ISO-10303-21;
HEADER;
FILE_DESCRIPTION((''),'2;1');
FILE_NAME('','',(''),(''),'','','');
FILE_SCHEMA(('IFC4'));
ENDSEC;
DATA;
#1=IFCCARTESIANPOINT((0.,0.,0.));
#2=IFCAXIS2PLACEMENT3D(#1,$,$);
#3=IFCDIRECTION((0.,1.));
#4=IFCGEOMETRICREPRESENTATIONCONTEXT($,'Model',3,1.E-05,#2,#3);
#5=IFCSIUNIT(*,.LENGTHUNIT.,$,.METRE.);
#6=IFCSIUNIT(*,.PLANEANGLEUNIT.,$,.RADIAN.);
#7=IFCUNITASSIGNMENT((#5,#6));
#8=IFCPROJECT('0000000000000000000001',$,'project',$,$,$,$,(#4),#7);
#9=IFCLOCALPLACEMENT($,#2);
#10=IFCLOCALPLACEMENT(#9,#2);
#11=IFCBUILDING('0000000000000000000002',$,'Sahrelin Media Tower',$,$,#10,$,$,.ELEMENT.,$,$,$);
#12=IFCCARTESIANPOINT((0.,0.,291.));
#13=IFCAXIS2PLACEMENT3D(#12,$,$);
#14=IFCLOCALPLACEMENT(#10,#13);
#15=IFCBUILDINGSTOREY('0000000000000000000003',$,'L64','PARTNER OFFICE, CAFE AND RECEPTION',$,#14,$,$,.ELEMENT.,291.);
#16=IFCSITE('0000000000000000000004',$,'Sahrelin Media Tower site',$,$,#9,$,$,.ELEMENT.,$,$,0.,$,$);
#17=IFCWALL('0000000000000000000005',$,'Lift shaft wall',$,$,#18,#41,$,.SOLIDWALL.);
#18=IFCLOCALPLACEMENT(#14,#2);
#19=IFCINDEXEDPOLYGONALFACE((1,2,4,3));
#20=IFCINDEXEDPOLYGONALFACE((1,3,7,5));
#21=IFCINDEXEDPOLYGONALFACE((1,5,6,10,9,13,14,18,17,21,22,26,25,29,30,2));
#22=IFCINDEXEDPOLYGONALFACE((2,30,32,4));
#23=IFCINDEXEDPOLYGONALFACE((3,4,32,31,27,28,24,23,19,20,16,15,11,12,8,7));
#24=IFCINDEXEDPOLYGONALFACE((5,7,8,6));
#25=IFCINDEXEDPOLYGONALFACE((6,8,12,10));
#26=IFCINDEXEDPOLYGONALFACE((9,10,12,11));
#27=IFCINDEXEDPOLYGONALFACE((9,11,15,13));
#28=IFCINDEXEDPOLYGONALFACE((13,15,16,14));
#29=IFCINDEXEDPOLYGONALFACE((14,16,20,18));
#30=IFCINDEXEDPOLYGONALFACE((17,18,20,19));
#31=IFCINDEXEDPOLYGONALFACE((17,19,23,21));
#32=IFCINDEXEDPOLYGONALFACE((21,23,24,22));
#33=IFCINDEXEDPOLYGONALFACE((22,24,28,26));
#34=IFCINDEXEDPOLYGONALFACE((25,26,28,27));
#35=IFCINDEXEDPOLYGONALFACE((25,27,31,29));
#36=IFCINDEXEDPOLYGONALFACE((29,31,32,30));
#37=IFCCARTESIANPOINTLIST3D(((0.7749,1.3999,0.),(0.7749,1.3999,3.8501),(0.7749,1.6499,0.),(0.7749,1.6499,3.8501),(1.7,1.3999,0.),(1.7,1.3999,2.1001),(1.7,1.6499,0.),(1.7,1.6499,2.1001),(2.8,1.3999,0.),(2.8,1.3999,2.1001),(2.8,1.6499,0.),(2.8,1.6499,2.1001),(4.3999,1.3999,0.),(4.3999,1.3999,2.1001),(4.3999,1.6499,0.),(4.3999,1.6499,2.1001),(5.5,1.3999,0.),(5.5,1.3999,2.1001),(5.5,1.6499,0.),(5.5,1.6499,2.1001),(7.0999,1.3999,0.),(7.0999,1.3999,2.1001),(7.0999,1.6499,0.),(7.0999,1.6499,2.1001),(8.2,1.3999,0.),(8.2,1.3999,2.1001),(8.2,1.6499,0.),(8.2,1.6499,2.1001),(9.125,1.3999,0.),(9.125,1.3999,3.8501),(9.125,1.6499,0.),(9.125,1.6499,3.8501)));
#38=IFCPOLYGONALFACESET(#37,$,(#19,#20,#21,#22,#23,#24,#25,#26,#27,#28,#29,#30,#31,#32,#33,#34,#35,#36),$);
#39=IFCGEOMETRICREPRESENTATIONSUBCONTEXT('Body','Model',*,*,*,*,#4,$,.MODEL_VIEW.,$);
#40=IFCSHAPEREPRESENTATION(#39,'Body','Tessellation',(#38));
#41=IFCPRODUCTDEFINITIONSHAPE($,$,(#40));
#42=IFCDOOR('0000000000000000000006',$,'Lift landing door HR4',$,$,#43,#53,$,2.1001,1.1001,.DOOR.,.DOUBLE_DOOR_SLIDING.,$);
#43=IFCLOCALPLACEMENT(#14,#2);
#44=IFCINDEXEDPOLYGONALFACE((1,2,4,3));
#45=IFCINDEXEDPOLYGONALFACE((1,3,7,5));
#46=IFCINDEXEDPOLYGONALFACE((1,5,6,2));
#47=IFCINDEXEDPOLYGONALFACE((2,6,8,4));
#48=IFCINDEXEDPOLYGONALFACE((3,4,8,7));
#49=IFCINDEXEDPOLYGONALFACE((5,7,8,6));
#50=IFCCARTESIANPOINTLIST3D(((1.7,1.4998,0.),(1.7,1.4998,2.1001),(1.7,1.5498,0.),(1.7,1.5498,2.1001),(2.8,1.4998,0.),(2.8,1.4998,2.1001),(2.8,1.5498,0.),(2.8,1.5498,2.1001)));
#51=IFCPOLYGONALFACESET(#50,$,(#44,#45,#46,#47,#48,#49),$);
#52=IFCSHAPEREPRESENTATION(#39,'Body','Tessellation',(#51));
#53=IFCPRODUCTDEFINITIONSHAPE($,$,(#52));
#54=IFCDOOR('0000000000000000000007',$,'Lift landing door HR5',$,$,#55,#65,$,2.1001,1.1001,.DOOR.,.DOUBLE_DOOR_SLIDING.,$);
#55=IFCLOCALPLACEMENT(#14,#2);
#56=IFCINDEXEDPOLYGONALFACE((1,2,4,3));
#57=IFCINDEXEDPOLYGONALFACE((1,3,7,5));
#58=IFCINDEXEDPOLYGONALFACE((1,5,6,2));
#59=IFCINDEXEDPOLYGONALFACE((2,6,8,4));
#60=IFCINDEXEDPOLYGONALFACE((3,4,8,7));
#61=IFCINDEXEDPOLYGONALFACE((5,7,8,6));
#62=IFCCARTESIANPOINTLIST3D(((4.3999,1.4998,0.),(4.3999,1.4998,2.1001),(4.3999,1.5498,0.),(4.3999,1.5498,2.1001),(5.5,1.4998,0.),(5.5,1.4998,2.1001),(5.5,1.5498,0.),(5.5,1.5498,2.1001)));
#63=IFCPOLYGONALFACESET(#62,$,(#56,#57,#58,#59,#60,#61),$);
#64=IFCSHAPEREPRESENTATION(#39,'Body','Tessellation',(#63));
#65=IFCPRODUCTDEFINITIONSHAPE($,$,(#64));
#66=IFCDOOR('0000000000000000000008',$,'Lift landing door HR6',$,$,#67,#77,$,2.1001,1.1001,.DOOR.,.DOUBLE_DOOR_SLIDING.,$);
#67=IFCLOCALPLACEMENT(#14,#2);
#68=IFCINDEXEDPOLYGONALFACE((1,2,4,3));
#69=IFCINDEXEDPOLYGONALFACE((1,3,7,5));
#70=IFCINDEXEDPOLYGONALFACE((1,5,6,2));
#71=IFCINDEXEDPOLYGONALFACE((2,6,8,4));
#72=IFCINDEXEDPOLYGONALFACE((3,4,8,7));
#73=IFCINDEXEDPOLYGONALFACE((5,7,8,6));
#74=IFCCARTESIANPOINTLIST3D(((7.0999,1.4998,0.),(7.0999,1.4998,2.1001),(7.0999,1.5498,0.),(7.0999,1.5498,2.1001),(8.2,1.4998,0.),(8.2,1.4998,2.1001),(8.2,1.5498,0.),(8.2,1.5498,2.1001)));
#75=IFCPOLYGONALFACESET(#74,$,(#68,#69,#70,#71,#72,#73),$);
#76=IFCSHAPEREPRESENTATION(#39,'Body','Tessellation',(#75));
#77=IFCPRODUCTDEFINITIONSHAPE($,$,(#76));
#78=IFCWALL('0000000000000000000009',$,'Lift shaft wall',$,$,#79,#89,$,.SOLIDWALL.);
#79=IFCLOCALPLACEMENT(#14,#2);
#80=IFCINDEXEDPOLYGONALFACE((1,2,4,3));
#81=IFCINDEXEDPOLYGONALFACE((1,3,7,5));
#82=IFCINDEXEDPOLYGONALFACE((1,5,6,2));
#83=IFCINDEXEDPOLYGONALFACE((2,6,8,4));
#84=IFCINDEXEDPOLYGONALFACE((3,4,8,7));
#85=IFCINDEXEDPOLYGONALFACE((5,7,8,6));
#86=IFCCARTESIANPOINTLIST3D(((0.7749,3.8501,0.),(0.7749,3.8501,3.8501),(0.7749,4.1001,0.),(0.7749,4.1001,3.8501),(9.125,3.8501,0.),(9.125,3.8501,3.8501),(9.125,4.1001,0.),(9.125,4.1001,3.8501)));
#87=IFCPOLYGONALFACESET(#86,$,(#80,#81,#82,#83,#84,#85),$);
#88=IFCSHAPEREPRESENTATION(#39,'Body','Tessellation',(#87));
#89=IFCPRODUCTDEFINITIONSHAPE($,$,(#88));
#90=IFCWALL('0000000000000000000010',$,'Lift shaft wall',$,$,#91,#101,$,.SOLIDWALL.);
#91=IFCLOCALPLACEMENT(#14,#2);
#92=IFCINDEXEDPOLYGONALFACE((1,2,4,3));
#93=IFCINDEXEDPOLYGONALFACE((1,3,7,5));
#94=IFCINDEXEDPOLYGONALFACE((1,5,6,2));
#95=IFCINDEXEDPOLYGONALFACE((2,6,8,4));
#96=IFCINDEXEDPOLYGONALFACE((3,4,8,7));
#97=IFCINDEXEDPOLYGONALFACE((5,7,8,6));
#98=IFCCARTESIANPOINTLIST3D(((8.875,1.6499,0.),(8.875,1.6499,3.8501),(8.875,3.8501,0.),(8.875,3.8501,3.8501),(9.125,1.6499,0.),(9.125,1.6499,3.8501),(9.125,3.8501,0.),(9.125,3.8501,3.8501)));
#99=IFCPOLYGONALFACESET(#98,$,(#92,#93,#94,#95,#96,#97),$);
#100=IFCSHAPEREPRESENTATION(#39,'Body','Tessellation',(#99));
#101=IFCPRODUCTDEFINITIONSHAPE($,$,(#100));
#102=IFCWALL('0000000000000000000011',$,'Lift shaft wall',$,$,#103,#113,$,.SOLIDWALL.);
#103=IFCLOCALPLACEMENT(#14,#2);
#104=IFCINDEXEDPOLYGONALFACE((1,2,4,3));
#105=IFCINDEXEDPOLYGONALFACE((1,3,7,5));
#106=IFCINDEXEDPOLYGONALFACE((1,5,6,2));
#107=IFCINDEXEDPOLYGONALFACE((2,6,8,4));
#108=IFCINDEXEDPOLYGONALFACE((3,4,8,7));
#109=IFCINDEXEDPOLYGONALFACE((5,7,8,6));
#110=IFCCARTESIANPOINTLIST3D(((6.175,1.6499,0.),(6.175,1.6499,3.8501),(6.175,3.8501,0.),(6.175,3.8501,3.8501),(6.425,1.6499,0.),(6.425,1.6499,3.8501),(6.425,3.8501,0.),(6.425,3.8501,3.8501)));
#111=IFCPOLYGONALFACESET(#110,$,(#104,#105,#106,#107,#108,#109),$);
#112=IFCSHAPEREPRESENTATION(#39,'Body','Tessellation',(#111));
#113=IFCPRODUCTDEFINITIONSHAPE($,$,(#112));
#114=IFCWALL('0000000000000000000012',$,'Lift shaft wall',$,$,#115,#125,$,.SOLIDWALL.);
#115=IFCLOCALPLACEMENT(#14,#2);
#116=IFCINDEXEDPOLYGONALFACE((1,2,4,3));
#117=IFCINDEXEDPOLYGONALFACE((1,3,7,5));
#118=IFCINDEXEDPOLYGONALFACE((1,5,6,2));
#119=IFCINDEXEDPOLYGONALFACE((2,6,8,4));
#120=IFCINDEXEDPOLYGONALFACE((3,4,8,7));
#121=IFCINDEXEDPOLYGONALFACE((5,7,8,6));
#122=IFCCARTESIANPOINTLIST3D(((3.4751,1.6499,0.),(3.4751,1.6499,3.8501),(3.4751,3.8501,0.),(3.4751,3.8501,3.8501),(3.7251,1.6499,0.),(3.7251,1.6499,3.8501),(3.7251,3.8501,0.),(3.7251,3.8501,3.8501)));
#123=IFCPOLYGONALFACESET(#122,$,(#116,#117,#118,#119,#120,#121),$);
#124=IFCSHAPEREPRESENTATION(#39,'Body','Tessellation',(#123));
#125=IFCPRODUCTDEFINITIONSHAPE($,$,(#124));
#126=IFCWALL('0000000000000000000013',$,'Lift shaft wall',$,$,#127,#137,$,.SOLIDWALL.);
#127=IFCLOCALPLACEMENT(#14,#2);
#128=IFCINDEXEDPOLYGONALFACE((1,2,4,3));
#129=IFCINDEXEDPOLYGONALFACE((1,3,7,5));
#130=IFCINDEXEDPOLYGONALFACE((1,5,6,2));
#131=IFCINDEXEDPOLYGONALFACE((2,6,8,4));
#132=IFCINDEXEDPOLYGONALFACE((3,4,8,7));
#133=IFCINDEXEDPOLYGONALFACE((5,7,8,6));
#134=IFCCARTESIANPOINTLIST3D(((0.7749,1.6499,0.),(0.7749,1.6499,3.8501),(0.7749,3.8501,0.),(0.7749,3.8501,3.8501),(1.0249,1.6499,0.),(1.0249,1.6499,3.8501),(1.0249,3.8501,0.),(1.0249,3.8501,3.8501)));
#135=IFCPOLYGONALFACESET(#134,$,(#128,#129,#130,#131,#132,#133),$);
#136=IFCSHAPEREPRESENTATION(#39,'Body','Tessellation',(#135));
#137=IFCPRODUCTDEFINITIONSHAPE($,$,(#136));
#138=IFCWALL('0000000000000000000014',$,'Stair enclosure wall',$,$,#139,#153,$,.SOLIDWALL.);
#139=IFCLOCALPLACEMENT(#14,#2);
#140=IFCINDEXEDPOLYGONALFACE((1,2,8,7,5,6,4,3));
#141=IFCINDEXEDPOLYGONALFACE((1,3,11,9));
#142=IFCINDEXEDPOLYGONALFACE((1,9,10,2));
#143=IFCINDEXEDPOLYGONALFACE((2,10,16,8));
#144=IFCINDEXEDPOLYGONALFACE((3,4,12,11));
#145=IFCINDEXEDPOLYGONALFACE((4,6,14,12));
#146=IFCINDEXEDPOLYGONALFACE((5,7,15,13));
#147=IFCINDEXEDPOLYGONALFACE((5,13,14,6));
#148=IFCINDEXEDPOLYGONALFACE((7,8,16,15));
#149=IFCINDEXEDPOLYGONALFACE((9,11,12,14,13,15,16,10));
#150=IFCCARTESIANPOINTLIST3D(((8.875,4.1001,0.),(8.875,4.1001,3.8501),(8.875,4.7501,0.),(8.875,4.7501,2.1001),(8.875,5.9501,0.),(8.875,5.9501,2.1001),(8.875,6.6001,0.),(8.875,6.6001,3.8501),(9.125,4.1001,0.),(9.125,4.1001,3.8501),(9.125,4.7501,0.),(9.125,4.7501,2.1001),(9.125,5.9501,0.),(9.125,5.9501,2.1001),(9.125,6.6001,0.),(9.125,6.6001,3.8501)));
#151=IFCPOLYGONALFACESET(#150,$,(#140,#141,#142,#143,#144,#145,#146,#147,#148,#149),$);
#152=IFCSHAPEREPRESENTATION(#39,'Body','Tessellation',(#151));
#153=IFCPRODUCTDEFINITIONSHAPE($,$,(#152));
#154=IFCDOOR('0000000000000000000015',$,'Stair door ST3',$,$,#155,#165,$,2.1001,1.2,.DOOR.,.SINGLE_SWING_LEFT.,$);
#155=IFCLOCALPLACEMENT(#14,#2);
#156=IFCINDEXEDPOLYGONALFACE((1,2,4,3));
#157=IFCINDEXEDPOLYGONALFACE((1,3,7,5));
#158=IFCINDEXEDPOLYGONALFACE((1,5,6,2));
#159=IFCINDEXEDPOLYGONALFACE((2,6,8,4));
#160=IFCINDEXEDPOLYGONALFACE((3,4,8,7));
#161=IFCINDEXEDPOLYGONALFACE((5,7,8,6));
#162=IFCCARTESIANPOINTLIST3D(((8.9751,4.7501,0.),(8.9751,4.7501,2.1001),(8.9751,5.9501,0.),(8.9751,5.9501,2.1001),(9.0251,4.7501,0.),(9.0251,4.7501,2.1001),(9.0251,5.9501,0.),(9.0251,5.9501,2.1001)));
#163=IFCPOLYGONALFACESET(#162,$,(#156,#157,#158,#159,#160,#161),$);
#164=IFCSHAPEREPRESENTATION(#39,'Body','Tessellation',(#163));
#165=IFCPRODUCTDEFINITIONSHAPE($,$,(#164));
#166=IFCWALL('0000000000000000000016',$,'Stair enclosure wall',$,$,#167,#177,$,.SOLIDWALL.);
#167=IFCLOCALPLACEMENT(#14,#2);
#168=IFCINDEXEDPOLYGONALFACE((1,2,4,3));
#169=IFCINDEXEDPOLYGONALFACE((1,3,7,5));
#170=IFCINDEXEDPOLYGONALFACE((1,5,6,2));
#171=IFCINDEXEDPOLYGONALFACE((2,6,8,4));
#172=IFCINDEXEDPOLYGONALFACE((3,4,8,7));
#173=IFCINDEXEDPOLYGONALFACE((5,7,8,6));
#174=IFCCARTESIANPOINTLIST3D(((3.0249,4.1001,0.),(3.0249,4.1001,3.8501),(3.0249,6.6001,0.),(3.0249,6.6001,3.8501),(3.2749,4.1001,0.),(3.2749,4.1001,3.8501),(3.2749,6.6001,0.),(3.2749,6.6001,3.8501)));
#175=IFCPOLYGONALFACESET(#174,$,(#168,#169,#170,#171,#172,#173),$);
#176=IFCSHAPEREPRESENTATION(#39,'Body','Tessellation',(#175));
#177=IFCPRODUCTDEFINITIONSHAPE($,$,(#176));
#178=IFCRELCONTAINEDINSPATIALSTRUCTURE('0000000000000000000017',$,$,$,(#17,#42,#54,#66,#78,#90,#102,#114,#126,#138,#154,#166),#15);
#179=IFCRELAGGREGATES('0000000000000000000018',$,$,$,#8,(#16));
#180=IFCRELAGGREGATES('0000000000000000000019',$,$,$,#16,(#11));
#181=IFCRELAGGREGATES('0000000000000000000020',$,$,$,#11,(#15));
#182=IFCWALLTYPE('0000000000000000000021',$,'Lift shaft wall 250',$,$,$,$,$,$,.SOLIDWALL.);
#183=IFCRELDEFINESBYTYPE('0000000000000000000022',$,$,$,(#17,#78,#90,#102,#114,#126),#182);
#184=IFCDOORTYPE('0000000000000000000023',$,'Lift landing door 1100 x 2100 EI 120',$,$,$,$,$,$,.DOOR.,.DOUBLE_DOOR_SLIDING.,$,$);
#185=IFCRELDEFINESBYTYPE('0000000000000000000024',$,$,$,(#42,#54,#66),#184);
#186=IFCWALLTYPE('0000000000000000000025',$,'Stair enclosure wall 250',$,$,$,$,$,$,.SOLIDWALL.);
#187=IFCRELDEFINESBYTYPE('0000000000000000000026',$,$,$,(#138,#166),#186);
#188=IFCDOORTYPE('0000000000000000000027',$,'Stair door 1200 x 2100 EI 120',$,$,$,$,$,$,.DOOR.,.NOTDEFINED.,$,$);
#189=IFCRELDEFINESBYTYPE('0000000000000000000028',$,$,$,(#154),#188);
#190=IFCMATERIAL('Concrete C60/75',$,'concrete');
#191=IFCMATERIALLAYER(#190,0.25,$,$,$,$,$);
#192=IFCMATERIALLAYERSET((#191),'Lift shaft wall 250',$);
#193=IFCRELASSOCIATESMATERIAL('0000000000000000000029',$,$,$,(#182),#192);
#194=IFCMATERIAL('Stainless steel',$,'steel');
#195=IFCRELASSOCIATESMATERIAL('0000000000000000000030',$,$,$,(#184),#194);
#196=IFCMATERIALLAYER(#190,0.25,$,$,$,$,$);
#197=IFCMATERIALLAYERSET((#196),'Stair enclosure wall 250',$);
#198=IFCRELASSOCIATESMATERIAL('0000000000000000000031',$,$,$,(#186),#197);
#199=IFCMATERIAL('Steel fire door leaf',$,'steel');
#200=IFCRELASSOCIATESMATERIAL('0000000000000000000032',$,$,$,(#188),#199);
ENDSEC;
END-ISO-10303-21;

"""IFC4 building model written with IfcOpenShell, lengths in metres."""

from ifc_helpers import new_model, si_unit, direction, frame, frame_2d, origin, place, context, subcontext, project, spatial, rectangle, extrude, material, layer, layer_set, type_object, element, fill, save


model = new_model("IFC4")

# Units and contexts
model_context = context("Model", 3, precision=1e-05, world=origin(), true_north=direction((0.0, 1.0)))
body_context = subcontext(model_context, "Body", "Model", "MODEL_VIEW")
ifc_project = project(units=[si_unit("LENGTHUNIT", "METRE"), si_unit("PLANEANGLEUNIT", "RADIAN")], contexts=[model_context])

# Site, building, storey
site_placement = place(None, origin())
site = spatial("IfcSite", under=ifc_project, at=site_placement, Name="Sahrelin Media Tower site", CompositionType="ELEMENT", RefElevation=0.0)
building_placement = place(site_placement, origin())
building = spatial("IfcBuilding", under=site, at=building_placement, Name="Sahrelin Media Tower", CompositionType="ELEMENT")
storey_placement = place(building_placement, frame((0.0, 0.0, 291.0)))
storey = spatial("IfcBuildingStorey", under=building, at=storey_placement, Name="L64", Description="PARTNER OFFICE, CAFE AND RECEPTION", CompositionType="ELEMENT", Elevation=291.0)

# Wall, openings, doors
ifc_material_1 = material(Name="Concrete C60/75", Category="concrete")
ifc_layer_1 = layer(ifc_material_1, 0.25)
ifc_layer_set_1 = layer_set([ifc_layer_1], Name="Lift shaft wall 250")
wall_type_1 = type_object("IfcWallType", Name="Lift shaft wall 250", PredefinedType="SOLIDWALL", material=ifc_layer_set_1)
wall_1_placement = place(storey_placement, frame((0.7749, 1.5249, 0.0), z_axis=(0.0, 0.0, 1.0), x_axis=(1.0, 0.0, 0.0)))
wall_1 = element("IfcWall", 1, at=wall_1_placement, inside=storey, type_object=wall_type_1, Name="Lift shaft wall", PredefinedType="SOLIDWALL", context=body_context, shape_type="SweptSolid", body=[
    extrude(rectangle(XDim=8.3501, YDim=0.25, at=frame_2d((4.175, 0.0))), origin(), (0.0, 0.0, 1.0), 3.8501),
])
opening_1_placement = place(wall_1_placement, frame((0.925, 0.0, 0.0)))
opening_1 = element("IfcOpeningElement", 2, at=opening_1_placement, cuts=wall_1, PredefinedType="OPENING", context=body_context, shape_type="SweptSolid", body=[
    extrude(rectangle(XDim=1.1001, YDim=2.1001, at=frame_2d((0.55, 1.05))), frame((0.0, 0.125, 0.0), z_axis=(0.0, -1.0, 0.0), x_axis=(1.0, 0.0, 0.0)), (0.0, 0.0, 1.0), 0.25),
])
opening_2_placement = place(wall_1_placement, frame((3.625, 0.0, 0.0)))
opening_2 = element("IfcOpeningElement", 3, at=opening_2_placement, cuts=wall_1, PredefinedType="OPENING", context=body_context, shape_type="SweptSolid", body=[
    extrude(rectangle(XDim=1.1001, YDim=2.1001, at=frame_2d((0.55, 1.05))), frame((0.0, 0.125, 0.0), z_axis=(0.0, -1.0, 0.0), x_axis=(1.0, 0.0, 0.0)), (0.0, 0.0, 1.0), 0.25),
])
opening_3_placement = place(wall_1_placement, frame((6.325, 0.0, 0.0)))
opening_3 = element("IfcOpeningElement", 4, at=opening_3_placement, cuts=wall_1, PredefinedType="OPENING", context=body_context, shape_type="SweptSolid", body=[
    extrude(rectangle(XDim=1.1001, YDim=2.1001, at=frame_2d((0.55, 1.05))), frame((0.0, 0.125, 0.0), z_axis=(0.0, -1.0, 0.0), x_axis=(1.0, 0.0, 0.0)), (0.0, 0.0, 1.0), 0.25),
])
ifc_material_2 = material(Name="Stainless steel", Category="steel")
door_type_1 = type_object("IfcDoorType", Name="Lift landing door 1100 x 2100 EI 120", OperationType="DOUBLE_DOOR_SLIDING", PredefinedType="DOOR", material=ifc_material_2)
door_1_placement = place(opening_1_placement, origin())
door_1 = element("IfcDoor", 5, at=door_1_placement, inside=storey, type_object=door_type_1, Name="Lift landing door HR4", OperationType="DOUBLE_DOOR_SLIDING", OverallHeight=2.1001, OverallWidth=1.1001, PredefinedType="DOOR", context=body_context, shape_type="SweptSolid", body=[
    extrude(rectangle(XDim=1.1001, YDim=2.1001, at=frame_2d((0.55, 1.05))), frame((0.0, 0.0249, 0.0), z_axis=(0.0, -1.0, 0.0), x_axis=(1.0, 0.0, 0.0)), (0.0, 0.0, 1.0), 0.05),
])
fill(opening_1, door_1)
door_2_placement = place(opening_2_placement, origin())
door_2 = element("IfcDoor", 6, at=door_2_placement, inside=storey, type_object=door_type_1, Name="Lift landing door HR5", OperationType="DOUBLE_DOOR_SLIDING", OverallHeight=2.1001, OverallWidth=1.1001, PredefinedType="DOOR", context=body_context, shape_type="SweptSolid", body=[
    extrude(rectangle(XDim=1.1001, YDim=2.1001, at=frame_2d((0.55, 1.05))), frame((0.0, 0.0249, 0.0), z_axis=(0.0, -1.0, 0.0), x_axis=(1.0, 0.0, 0.0)), (0.0, 0.0, 1.0), 0.05),
])
fill(opening_2, door_2)
door_3_placement = place(opening_3_placement, origin())
door_3 = element("IfcDoor", 7, at=door_3_placement, inside=storey, type_object=door_type_1, Name="Lift landing door HR6", OperationType="DOUBLE_DOOR_SLIDING", OverallHeight=2.1001, OverallWidth=1.1001, PredefinedType="DOOR", context=body_context, shape_type="SweptSolid", body=[
    extrude(rectangle(XDim=1.1001, YDim=2.1001, at=frame_2d((0.55, 1.05))), frame((0.0, 0.0249, 0.0), z_axis=(0.0, -1.0, 0.0), x_axis=(1.0, 0.0, 0.0)), (0.0, 0.0, 1.0), 0.05),
])
fill(opening_3, door_3)

# Walls
wall_2_placement = place(storey_placement, frame((0.7749, 3.9751, 0.0), z_axis=(0.0, 0.0, 1.0), x_axis=(1.0, 0.0, 0.0)))
element("IfcWall", 8, at=wall_2_placement, inside=storey, type_object=wall_type_1, Name="Lift shaft wall", PredefinedType="SOLIDWALL", context=body_context, shape_type="SweptSolid", body=[
    extrude(rectangle(XDim=8.3501, YDim=0.25, at=frame_2d((4.175, 0.0))), origin(), (0.0, 0.0, 1.0), 3.8501),
])
for number, where, z_axis, x_axis, name in (
    (9, (9.0, 1.6499, 0.0), (0.0, 0.0, 1.0), (0.0, 1.0, 0.0), "Lift shaft wall"),
    (10, (6.3, 1.6499, 0.0), (0.0, 0.0, 1.0), (0.0, 1.0, 0.0), "Lift shaft wall"),
    (11, (3.6001, 1.6499, 0.0), (0.0, 0.0, 1.0), (0.0, 1.0, 0.0), "Lift shaft wall"),
    (12, (0.8999, 1.6499, 0.0), (0.0, 0.0, 1.0), (0.0, 1.0, 0.0), "Lift shaft wall"),
):
    element("IfcWall", number, at=place(storey_placement, frame(where, z_axis=z_axis, x_axis=x_axis)), inside=storey, type_object=wall_type_1, Name=name, PredefinedType="SOLIDWALL", context=body_context, shape_type="SweptSolid", body=[
        extrude(rectangle(XDim=2.2002, YDim=0.25, at=frame_2d((1.1001, 0.0))), origin(), (0.0, 0.0, 1.0), 3.8501),
    ])

# Wall, opening, door
ifc_layer_2 = layer(ifc_material_1, 0.25)
ifc_layer_set_2 = layer_set([ifc_layer_2], Name="Stair enclosure wall 250")
wall_type_2 = type_object("IfcWallType", Name="Stair enclosure wall 250", PredefinedType="SOLIDWALL", material=ifc_layer_set_2)
wall_3_placement = place(storey_placement, frame((9.0, 4.1001, 0.0), z_axis=(0.0, 0.0, 1.0), x_axis=(0.0, 1.0, 0.0)))
wall_3 = element("IfcWall", 13, at=wall_3_placement, inside=storey, type_object=wall_type_2, Name="Stair enclosure wall", PredefinedType="SOLIDWALL", context=body_context, shape_type="SweptSolid", body=[
    extrude(rectangle(XDim=2.5, YDim=0.25, at=frame_2d((1.25, 0.0))), origin(), (0.0, 0.0, 1.0), 3.8501),
])
opening_4_placement = place(wall_3_placement, frame((0.6499, 0.0, 0.0)))
opening_4 = element("IfcOpeningElement", 14, at=opening_4_placement, cuts=wall_3, PredefinedType="OPENING", context=body_context, shape_type="SweptSolid", body=[
    extrude(rectangle(XDim=1.2, YDim=2.1001, at=frame_2d((0.6001, 1.05))), frame((0.0, 0.125, 0.0), z_axis=(0.0, -1.0, 0.0), x_axis=(1.0, 0.0, 0.0)), (0.0, 0.0, 1.0), 0.25),
])
ifc_material_3 = material(Name="Steel fire door leaf", Category="steel")
door_type_2 = type_object("IfcDoorType", Name="Stair door 1200 x 2100 EI 120", OperationType="NOTDEFINED", PredefinedType="DOOR", material=ifc_material_3)
door_4_placement = place(opening_4_placement, origin())
door_4 = element("IfcDoor", 15, at=door_4_placement, inside=storey, type_object=door_type_2, Name="Stair door ST3", OperationType="SINGLE_SWING_LEFT", OverallHeight=2.1001, OverallWidth=1.2, PredefinedType="DOOR", context=body_context, shape_type="SweptSolid", body=[
    extrude(rectangle(XDim=1.2, YDim=2.1001, at=frame_2d((0.6001, 1.05))), frame((0.0, 0.0249, 0.0), z_axis=(0.0, -1.0, 0.0), x_axis=(1.0, 0.0, 0.0)), (0.0, 0.0, 1.0), 0.05),
])
fill(opening_4, door_4)

# Wall
wall_4_placement = place(storey_placement, frame((3.1499, 4.1001, 0.0), z_axis=(0.0, 0.0, 1.0), x_axis=(0.0, 1.0, 0.0)))
element("IfcWall", 16, at=wall_4_placement, inside=storey, type_object=wall_type_2, Name="Stair enclosure wall", PredefinedType="SOLIDWALL", context=body_context, shape_type="SweptSolid", body=[
    extrude(rectangle(XDim=2.5, YDim=0.25, at=frame_2d((1.25, 0.0))), origin(), (0.0, 0.0, 1.0), 3.8501),
])

save(model, "model.ifc")
